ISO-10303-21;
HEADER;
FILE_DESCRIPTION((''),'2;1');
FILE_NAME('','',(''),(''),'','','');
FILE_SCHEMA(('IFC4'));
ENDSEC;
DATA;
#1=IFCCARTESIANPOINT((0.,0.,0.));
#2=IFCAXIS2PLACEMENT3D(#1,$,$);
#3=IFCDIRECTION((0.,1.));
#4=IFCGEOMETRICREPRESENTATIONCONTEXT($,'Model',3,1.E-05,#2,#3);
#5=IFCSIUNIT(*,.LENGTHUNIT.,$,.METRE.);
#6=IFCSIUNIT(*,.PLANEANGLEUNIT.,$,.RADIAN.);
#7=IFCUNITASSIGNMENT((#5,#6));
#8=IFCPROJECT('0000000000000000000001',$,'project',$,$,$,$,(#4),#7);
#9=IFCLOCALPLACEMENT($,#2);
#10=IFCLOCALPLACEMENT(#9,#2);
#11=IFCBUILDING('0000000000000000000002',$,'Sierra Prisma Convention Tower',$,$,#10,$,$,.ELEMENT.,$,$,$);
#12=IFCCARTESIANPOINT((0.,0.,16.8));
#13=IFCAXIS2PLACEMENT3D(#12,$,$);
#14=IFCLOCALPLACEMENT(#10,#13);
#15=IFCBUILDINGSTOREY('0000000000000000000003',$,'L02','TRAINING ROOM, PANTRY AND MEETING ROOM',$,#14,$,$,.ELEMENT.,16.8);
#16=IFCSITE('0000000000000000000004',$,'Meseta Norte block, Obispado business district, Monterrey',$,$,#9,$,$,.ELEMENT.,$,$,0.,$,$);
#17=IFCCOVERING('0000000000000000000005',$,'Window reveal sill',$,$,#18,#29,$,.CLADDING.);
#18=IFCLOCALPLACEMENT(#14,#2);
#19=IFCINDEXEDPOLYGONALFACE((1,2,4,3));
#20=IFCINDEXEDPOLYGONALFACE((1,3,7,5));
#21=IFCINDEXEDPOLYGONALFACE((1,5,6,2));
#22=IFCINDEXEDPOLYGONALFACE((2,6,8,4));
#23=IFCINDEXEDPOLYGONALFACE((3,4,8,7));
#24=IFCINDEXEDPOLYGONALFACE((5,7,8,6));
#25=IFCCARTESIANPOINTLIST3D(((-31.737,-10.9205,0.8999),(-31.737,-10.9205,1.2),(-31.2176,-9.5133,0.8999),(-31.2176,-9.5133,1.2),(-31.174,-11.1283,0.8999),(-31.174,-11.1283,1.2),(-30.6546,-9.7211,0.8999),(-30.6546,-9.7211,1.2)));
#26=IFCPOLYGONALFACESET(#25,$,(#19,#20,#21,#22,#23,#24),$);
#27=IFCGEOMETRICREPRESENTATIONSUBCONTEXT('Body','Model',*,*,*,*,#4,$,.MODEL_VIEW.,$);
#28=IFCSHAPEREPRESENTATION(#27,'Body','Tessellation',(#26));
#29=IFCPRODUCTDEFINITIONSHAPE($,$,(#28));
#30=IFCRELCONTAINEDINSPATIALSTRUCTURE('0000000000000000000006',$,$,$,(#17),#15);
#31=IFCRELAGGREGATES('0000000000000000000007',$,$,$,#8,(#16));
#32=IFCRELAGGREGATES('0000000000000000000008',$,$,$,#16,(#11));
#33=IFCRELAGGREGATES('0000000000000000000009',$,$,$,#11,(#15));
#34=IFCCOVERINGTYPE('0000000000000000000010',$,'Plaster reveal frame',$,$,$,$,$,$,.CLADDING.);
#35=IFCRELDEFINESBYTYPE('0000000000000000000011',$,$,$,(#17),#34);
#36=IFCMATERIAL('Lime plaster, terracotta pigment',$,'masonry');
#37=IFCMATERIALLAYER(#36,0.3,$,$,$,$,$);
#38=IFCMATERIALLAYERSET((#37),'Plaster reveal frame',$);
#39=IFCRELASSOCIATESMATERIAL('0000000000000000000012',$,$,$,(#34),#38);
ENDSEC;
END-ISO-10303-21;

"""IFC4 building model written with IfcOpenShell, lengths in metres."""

from ifc_helpers import new_model, si_unit, direction, frame, origin, origin_2d, place, context, subcontext, project, spatial, rectangle, extrude, material, layer, layer_set, type_object, element, save


model = new_model("IFC4")

# Units and contexts
model_context = context("Model", 3, precision=1e-05, world=origin(), true_north=direction((0.0, 1.0)))
body_context = subcontext(model_context, "Body", "Model", "MODEL_VIEW")
ifc_project = project(units=[si_unit("LENGTHUNIT", "METRE"), si_unit("PLANEANGLEUNIT", "RADIAN")], contexts=[model_context])

# Site, building, storey
site_placement = place(None, origin())
site = spatial("IfcSite", under=ifc_project, at=site_placement, Name="Meseta Norte block, Obispado business district, Monterrey", CompositionType="ELEMENT", RefElevation=0.0)
building_placement = place(site_placement, origin())
building = spatial("IfcBuilding", under=site, at=building_placement, Name="Sierra Prisma Convention Tower", CompositionType="ELEMENT")
storey_placement = place(building_placement, frame((0.0, 0.0, 16.8)))
storey = spatial("IfcBuildingStorey", under=building, at=storey_placement, Name="L02", Description="TRAINING ROOM, PANTRY AND MEETING ROOM", CompositionType="ELEMENT", Elevation=16.8)

# Covering
ifc_material_1 = material(Name="Lime plaster, terracotta pigment", Category="masonry")
ifc_layer_1 = layer(ifc_material_1, 0.3)
ifc_layer_set_1 = layer_set([ifc_layer_1], Name="Plaster reveal frame")
covering_type = type_object("IfcCoveringType", Name="Plaster reveal frame", PredefinedType="CLADDING", material=ifc_layer_set_1)
for number, where, z_axis, x_axis, name in (
    (1, (-31.1958, -10.3208, 0.8999), (0.0, 0.0, 1.0), (0.346215, 0.938155, 0.0), "Window reveal sill"),
):
    element("IfcCovering", number, at=place(storey_placement, frame(where, z_axis=z_axis, x_axis=x_axis)), inside=storey, type_object=covering_type, Name=name, PredefinedType="CLADDING", context=body_context, shape_type="SweptSolid", body=[
        extrude(rectangle(XDim=1.5, YDim=0.6001, at=origin_2d()), origin(), (0.0, 0.0, 1.0), 0.3),
    ])

save(model, "model.ifc")
